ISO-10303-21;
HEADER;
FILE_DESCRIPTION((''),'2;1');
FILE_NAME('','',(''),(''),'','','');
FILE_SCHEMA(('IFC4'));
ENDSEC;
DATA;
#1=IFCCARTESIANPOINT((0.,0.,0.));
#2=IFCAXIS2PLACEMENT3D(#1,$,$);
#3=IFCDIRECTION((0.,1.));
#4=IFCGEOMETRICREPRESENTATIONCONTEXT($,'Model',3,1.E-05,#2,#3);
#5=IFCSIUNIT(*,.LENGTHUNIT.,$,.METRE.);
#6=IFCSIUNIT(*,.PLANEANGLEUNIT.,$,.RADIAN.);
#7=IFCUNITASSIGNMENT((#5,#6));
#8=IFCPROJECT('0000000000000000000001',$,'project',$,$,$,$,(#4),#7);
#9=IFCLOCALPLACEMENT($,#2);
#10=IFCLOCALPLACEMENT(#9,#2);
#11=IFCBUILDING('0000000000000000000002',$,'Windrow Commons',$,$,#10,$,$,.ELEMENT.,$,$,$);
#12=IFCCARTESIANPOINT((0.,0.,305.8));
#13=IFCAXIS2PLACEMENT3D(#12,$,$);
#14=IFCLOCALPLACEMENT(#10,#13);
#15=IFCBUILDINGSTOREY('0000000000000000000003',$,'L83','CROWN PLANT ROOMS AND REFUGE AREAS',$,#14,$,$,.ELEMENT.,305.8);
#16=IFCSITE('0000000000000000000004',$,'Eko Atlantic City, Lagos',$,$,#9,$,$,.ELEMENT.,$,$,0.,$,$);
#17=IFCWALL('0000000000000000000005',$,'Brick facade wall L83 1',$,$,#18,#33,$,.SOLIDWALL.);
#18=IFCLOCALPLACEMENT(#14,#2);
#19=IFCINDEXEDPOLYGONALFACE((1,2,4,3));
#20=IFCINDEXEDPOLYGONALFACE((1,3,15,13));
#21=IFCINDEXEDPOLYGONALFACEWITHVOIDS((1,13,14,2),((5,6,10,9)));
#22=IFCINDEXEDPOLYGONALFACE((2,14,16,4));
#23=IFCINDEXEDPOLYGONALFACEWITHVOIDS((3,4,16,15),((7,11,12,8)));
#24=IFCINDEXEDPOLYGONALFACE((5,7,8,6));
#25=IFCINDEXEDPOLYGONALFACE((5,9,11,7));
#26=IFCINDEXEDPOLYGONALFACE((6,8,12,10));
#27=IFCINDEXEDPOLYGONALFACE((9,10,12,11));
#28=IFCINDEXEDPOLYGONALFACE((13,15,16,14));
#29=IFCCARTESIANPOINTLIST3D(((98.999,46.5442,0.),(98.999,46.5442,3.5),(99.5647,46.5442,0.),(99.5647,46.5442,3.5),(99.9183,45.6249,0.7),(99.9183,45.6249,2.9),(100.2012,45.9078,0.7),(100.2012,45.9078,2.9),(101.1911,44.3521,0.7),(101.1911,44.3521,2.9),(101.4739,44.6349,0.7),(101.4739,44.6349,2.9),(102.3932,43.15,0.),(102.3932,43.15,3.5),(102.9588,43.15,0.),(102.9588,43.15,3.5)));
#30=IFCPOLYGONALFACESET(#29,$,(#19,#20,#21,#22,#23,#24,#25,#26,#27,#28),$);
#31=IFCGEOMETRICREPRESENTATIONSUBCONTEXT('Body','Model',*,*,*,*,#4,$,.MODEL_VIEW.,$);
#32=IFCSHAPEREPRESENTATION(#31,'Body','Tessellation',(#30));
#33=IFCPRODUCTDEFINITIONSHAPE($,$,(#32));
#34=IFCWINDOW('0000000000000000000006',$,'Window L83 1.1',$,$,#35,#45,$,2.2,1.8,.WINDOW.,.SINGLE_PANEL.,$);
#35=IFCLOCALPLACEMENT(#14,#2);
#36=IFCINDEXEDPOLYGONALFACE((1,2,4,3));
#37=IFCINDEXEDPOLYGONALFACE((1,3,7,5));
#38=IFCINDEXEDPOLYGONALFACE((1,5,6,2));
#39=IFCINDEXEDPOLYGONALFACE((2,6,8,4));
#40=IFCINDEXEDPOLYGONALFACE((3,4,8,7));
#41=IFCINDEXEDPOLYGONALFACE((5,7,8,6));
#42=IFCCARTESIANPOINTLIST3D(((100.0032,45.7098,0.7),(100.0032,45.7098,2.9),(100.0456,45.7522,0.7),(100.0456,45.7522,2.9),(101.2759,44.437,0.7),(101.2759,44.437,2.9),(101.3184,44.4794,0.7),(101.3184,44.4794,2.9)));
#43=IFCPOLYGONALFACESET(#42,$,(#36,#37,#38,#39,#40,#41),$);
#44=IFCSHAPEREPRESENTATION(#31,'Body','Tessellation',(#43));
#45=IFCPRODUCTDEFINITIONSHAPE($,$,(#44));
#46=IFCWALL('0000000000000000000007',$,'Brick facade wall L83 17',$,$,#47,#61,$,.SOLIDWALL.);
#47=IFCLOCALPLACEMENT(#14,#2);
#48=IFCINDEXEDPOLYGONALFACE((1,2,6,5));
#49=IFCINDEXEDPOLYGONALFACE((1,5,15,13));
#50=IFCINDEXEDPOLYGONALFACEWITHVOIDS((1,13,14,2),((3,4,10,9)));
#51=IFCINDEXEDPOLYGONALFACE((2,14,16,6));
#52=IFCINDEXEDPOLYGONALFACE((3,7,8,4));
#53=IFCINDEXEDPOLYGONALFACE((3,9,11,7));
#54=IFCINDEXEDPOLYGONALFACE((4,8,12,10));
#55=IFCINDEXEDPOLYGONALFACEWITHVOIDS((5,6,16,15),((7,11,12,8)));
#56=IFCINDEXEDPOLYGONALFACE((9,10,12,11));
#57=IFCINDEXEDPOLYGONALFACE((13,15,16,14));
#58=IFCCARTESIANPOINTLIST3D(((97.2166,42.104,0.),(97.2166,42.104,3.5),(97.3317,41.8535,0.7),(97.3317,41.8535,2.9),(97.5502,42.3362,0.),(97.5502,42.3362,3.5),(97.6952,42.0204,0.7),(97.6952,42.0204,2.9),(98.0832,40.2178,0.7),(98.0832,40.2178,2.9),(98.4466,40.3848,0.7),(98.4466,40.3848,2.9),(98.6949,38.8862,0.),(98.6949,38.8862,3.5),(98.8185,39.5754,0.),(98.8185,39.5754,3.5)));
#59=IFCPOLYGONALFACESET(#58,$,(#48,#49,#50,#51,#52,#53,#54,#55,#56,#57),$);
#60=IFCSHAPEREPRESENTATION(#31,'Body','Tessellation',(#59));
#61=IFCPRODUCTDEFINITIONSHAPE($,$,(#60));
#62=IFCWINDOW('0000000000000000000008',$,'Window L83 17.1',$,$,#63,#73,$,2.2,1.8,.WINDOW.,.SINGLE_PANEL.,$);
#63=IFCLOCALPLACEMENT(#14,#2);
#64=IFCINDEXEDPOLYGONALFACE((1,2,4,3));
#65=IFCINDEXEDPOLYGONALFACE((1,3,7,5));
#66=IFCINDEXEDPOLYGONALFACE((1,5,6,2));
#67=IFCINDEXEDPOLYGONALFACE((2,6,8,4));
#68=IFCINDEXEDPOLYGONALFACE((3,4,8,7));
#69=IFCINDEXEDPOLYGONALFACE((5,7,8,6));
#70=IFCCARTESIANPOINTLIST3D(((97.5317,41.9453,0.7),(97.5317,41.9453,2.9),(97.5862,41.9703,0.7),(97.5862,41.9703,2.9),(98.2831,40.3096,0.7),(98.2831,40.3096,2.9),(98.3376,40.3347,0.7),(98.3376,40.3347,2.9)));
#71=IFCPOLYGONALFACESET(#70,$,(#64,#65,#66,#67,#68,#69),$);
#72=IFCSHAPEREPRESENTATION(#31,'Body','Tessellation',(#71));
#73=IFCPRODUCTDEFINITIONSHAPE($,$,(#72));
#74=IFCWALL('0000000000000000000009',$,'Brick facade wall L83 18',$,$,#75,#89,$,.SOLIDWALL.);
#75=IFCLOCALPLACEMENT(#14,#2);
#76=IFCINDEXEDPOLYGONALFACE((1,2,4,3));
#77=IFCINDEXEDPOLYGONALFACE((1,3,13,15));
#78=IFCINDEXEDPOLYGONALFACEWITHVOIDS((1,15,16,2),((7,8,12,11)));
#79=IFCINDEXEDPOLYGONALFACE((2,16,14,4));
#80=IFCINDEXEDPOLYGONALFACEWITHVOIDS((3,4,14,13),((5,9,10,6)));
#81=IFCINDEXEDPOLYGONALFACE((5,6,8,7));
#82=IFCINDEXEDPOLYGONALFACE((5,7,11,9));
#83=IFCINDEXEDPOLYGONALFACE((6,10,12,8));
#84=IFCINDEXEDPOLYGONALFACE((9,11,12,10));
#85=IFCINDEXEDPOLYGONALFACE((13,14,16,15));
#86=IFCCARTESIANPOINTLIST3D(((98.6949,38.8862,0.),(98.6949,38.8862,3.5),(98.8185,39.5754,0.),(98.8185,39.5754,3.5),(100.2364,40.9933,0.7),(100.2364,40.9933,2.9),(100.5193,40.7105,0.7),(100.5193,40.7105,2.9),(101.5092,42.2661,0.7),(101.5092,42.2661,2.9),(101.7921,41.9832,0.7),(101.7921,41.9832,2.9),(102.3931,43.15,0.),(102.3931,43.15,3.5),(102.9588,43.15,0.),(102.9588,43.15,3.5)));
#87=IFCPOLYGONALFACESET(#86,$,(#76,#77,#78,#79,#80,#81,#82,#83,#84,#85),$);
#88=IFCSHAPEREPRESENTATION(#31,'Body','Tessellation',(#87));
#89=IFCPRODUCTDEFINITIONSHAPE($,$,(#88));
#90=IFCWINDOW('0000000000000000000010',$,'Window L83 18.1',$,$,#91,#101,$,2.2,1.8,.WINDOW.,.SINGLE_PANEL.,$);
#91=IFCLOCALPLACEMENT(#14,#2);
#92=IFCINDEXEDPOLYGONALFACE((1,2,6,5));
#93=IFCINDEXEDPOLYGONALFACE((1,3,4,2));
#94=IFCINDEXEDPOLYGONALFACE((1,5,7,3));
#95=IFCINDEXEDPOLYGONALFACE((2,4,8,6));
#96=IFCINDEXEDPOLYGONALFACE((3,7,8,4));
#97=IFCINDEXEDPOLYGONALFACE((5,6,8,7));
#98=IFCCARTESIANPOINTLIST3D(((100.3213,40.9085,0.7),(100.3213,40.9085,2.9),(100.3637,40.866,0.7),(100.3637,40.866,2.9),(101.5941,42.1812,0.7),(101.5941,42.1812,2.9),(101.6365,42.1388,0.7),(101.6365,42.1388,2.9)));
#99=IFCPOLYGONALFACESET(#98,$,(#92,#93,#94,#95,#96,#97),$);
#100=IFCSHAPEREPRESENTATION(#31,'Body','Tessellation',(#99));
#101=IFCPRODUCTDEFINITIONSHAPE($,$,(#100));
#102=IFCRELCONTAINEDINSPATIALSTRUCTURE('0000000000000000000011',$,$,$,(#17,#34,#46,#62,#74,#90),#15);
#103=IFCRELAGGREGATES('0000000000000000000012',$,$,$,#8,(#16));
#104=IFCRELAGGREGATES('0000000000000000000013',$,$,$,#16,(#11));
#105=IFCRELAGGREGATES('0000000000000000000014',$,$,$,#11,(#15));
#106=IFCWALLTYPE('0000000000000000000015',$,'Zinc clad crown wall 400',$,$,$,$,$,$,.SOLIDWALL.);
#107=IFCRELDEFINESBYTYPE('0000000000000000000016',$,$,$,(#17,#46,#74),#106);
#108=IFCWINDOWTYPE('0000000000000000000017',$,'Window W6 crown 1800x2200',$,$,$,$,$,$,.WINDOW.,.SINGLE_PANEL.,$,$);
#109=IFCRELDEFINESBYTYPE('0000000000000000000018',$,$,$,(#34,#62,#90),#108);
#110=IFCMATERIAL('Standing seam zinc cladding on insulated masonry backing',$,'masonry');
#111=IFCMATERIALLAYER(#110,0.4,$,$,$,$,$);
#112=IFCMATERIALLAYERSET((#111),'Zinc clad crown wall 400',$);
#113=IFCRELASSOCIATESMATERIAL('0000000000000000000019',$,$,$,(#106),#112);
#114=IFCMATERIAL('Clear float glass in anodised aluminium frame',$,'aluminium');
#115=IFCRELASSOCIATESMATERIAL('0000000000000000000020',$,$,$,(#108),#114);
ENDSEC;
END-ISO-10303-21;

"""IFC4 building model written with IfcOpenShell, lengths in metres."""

from ifc_helpers import new_model, si_unit, direction, frame, frame_2d, origin, place, context, subcontext, project, spatial, polyline, rectangle, outline, extrude, material, layer, layer_set, type_object, element, fill, save


model = new_model("IFC4")

# Units and contexts
model_context = context("Model", 3, precision=1e-05, world=origin(), true_north=direction((0.0, 1.0)))
body_context = subcontext(model_context, "Body", "Model", "MODEL_VIEW")
ifc_project = project(units=[si_unit("LENGTHUNIT", "METRE"), si_unit("PLANEANGLEUNIT", "RADIAN")], contexts=[model_context])

# Site, building, storey
site_placement = place(None, origin())
site = spatial("IfcSite", under=ifc_project, at=site_placement, Name="Eko Atlantic City, Lagos", CompositionType="ELEMENT", RefElevation=0.0)
building_placement = place(site_placement, origin())
building = spatial("IfcBuilding", under=site, at=building_placement, Name="Windrow Commons", CompositionType="ELEMENT")
storey_placement = place(building_placement, frame((0.0, 0.0, 305.8)))
storey = spatial("IfcBuildingStorey", under=building, at=storey_placement, Name="L83", Description="CROWN PLANT ROOMS AND REFUGE AREAS", CompositionType="ELEMENT", Elevation=305.8)

# Walls, openings, windows
ifc_material_1 = material(Name="Standing seam zinc cladding on insulated masonry backing", Category="masonry")
ifc_layer_1 = layer(ifc_material_1, 0.4)
ifc_layer_set_1 = layer_set([ifc_layer_1], Name="Zinc clad crown wall 400")
wall_type_1 = type_object("IfcWallType", Name="Zinc clad crown wall 400", PredefinedType="SOLIDWALL", material=ifc_layer_set_1)
wall_1_placement = place(storey_placement, frame((102.676, 43.15, 0.0), z_axis=(0.0, 0.0, 1.0), x_axis=(-0.707096, 0.707117, 0.0)))
wall_1 = element("IfcWall", 1, at=wall_1_placement, inside=storey, type_object=wall_type_1, Name="Brick facade wall L83 1", PredefinedType="SOLIDWALL", context=body_context, shape_type="SweptSolid", body=[
    extrude(outline(polyline([(-0.2, -0.2), (4.6001, -0.2), (5.0001, 0.2), (0.2, 0.2), (-0.2, -0.2)])), origin(), (0.0, 0.0, 1.0), 3.5),
])
opening_1_placement = place(wall_1_placement, frame((1.9, 0.0, 0.7)))
opening_1 = element("IfcOpeningElement", 2, at=opening_1_placement, cuts=wall_1, PredefinedType="OPENING", context=body_context, shape_type="SweptSolid", body=[
    extrude(rectangle(XDim=1.8, YDim=2.2, at=frame_2d((0.9, 1.1))), frame((0.0, 0.21, 0.0), z_axis=(0.0, -1.0, 0.0), x_axis=(1.0, 0.0, 0.0)), (0.0, 0.0, 1.0), 0.42),
])
ifc_material_2 = material(Name="Clear float glass in anodised aluminium frame", Category="aluminium")
window_type = type_object("IfcWindowType", Name="Window W6 crown 1800x2200", PartitioningType="SINGLE_PANEL", PredefinedType="WINDOW", material=ifc_material_2)
window_1_placement = place(opening_1_placement, origin())
window_1 = element("IfcWindow", 3, at=window_1_placement, inside=storey, type_object=window_type, Name="Window L83 1.1", OverallHeight=2.2, OverallWidth=1.8, PartitioningType="SINGLE_PANEL", PredefinedType="WINDOW", context=body_context, shape_type="SweptSolid", body=[
    extrude(rectangle(XDim=1.8, YDim=2.2, at=frame_2d((0.9, 1.1))), frame((0.0, 0.08, 0.0), z_axis=(0.0, -1.0, 0.0), x_axis=(1.0, 0.0, 0.0)), (0.0, 0.0, 1.0), 0.06),
])
fill(opening_1, window_1)
wall_2_placement = place(storey_placement, frame((97.3834, 42.2201, 0.0), z_axis=(0.0, 0.0, 1.0), x_axis=(0.417459, -0.908696, 0.0)))
wall_2 = element("IfcWall", 4, at=wall_2_placement, inside=storey, type_object=wall_type_1, Name="Brick facade wall L83 17", PredefinedType="SOLIDWALL", context=body_context, shape_type="SweptSolid", body=[
    extrude(outline(polyline([(0.0359, -0.2), (3.577, -0.2), (3.0023, 0.2), (-0.0359, 0.2), (0.0359, -0.2)])), origin(), (0.0, 0.0, 1.0), 3.5),
])
opening_2_placement = place(wall_2_placement, frame((0.3116, 0.0, 0.7)))
opening_2 = element("IfcOpeningElement", 5, at=opening_2_placement, cuts=wall_2, PredefinedType="OPENING", context=body_context, shape_type="SweptSolid", body=[
    extrude(rectangle(XDim=1.8, YDim=2.2, at=frame_2d((0.9, 1.1))), frame((0.0, 0.21, 0.0), z_axis=(0.0, -1.0, 0.0), x_axis=(1.0, 0.0, 0.0)), (0.0, 0.0, 1.0), 0.42),
])
window_2_placement = place(opening_2_placement, origin())
window_2 = element("IfcWindow", 6, at=window_2_placement, inside=storey, type_object=window_type, Name="Window L83 17.1", OverallHeight=2.2, OverallWidth=1.8, PartitioningType="SINGLE_PANEL", PredefinedType="WINDOW", context=body_context, shape_type="SweptSolid", body=[
    extrude(rectangle(XDim=1.8, YDim=2.2, at=frame_2d((0.9, 1.1))), frame((0.0, 0.08, 0.0), z_axis=(0.0, -1.0, 0.0), x_axis=(1.0, 0.0, 0.0)), (0.0, 0.0, 1.0), 0.06),
])
fill(opening_2, window_2)
wall_3_placement = place(storey_placement, frame((98.7567, 39.2308, 0.0), z_axis=(0.0, 0.0, 1.0), x_axis=(0.707116, 0.707098, 0.0)))
wall_3 = element("IfcWall", 7, at=wall_3_placement, inside=storey, type_object=wall_type_1, Name="Brick facade wall L83 18", PredefinedType="SOLIDWALL", context=body_context, shape_type="SweptSolid", body=[
    extrude(outline(polyline([(-0.2874, -0.2), (5.7426, -0.2), (5.3426, 0.2), (0.2874, 0.2), (-0.2874, -0.2)])), origin(), (0.0, 0.0, 1.0), 3.5),
])
opening_3_placement = place(wall_3_placement, frame((2.2926, 0.0, 0.7)))
opening_3 = element("IfcOpeningElement", 8, at=opening_3_placement, cuts=wall_3, PredefinedType="OPENING", context=body_context, shape_type="SweptSolid", body=[
    extrude(rectangle(XDim=1.8, YDim=2.2, at=frame_2d((0.9, 1.1))), frame((0.0, 0.21, 0.0), z_axis=(0.0, -1.0, 0.0), x_axis=(1.0, 0.0, 0.0)), (0.0, 0.0, 1.0), 0.42),
])
window_3_placement = place(opening_3_placement, origin())
window_3 = element("IfcWindow", 9, at=window_3_placement, inside=storey, type_object=window_type, Name="Window L83 18.1", OverallHeight=2.2, OverallWidth=1.8, PartitioningType="SINGLE_PANEL", PredefinedType="WINDOW", context=body_context, shape_type="SweptSolid", body=[
    extrude(rectangle(XDim=1.8, YDim=2.2, at=frame_2d((0.9, 1.1))), frame((0.0, 0.08, 0.0), z_axis=(0.0, -1.0, 0.0), x_axis=(1.0, 0.0, 0.0)), (0.0, 0.0, 1.0), 0.06),
])
fill(opening_3, window_3)

save(model, "model.ifc")
